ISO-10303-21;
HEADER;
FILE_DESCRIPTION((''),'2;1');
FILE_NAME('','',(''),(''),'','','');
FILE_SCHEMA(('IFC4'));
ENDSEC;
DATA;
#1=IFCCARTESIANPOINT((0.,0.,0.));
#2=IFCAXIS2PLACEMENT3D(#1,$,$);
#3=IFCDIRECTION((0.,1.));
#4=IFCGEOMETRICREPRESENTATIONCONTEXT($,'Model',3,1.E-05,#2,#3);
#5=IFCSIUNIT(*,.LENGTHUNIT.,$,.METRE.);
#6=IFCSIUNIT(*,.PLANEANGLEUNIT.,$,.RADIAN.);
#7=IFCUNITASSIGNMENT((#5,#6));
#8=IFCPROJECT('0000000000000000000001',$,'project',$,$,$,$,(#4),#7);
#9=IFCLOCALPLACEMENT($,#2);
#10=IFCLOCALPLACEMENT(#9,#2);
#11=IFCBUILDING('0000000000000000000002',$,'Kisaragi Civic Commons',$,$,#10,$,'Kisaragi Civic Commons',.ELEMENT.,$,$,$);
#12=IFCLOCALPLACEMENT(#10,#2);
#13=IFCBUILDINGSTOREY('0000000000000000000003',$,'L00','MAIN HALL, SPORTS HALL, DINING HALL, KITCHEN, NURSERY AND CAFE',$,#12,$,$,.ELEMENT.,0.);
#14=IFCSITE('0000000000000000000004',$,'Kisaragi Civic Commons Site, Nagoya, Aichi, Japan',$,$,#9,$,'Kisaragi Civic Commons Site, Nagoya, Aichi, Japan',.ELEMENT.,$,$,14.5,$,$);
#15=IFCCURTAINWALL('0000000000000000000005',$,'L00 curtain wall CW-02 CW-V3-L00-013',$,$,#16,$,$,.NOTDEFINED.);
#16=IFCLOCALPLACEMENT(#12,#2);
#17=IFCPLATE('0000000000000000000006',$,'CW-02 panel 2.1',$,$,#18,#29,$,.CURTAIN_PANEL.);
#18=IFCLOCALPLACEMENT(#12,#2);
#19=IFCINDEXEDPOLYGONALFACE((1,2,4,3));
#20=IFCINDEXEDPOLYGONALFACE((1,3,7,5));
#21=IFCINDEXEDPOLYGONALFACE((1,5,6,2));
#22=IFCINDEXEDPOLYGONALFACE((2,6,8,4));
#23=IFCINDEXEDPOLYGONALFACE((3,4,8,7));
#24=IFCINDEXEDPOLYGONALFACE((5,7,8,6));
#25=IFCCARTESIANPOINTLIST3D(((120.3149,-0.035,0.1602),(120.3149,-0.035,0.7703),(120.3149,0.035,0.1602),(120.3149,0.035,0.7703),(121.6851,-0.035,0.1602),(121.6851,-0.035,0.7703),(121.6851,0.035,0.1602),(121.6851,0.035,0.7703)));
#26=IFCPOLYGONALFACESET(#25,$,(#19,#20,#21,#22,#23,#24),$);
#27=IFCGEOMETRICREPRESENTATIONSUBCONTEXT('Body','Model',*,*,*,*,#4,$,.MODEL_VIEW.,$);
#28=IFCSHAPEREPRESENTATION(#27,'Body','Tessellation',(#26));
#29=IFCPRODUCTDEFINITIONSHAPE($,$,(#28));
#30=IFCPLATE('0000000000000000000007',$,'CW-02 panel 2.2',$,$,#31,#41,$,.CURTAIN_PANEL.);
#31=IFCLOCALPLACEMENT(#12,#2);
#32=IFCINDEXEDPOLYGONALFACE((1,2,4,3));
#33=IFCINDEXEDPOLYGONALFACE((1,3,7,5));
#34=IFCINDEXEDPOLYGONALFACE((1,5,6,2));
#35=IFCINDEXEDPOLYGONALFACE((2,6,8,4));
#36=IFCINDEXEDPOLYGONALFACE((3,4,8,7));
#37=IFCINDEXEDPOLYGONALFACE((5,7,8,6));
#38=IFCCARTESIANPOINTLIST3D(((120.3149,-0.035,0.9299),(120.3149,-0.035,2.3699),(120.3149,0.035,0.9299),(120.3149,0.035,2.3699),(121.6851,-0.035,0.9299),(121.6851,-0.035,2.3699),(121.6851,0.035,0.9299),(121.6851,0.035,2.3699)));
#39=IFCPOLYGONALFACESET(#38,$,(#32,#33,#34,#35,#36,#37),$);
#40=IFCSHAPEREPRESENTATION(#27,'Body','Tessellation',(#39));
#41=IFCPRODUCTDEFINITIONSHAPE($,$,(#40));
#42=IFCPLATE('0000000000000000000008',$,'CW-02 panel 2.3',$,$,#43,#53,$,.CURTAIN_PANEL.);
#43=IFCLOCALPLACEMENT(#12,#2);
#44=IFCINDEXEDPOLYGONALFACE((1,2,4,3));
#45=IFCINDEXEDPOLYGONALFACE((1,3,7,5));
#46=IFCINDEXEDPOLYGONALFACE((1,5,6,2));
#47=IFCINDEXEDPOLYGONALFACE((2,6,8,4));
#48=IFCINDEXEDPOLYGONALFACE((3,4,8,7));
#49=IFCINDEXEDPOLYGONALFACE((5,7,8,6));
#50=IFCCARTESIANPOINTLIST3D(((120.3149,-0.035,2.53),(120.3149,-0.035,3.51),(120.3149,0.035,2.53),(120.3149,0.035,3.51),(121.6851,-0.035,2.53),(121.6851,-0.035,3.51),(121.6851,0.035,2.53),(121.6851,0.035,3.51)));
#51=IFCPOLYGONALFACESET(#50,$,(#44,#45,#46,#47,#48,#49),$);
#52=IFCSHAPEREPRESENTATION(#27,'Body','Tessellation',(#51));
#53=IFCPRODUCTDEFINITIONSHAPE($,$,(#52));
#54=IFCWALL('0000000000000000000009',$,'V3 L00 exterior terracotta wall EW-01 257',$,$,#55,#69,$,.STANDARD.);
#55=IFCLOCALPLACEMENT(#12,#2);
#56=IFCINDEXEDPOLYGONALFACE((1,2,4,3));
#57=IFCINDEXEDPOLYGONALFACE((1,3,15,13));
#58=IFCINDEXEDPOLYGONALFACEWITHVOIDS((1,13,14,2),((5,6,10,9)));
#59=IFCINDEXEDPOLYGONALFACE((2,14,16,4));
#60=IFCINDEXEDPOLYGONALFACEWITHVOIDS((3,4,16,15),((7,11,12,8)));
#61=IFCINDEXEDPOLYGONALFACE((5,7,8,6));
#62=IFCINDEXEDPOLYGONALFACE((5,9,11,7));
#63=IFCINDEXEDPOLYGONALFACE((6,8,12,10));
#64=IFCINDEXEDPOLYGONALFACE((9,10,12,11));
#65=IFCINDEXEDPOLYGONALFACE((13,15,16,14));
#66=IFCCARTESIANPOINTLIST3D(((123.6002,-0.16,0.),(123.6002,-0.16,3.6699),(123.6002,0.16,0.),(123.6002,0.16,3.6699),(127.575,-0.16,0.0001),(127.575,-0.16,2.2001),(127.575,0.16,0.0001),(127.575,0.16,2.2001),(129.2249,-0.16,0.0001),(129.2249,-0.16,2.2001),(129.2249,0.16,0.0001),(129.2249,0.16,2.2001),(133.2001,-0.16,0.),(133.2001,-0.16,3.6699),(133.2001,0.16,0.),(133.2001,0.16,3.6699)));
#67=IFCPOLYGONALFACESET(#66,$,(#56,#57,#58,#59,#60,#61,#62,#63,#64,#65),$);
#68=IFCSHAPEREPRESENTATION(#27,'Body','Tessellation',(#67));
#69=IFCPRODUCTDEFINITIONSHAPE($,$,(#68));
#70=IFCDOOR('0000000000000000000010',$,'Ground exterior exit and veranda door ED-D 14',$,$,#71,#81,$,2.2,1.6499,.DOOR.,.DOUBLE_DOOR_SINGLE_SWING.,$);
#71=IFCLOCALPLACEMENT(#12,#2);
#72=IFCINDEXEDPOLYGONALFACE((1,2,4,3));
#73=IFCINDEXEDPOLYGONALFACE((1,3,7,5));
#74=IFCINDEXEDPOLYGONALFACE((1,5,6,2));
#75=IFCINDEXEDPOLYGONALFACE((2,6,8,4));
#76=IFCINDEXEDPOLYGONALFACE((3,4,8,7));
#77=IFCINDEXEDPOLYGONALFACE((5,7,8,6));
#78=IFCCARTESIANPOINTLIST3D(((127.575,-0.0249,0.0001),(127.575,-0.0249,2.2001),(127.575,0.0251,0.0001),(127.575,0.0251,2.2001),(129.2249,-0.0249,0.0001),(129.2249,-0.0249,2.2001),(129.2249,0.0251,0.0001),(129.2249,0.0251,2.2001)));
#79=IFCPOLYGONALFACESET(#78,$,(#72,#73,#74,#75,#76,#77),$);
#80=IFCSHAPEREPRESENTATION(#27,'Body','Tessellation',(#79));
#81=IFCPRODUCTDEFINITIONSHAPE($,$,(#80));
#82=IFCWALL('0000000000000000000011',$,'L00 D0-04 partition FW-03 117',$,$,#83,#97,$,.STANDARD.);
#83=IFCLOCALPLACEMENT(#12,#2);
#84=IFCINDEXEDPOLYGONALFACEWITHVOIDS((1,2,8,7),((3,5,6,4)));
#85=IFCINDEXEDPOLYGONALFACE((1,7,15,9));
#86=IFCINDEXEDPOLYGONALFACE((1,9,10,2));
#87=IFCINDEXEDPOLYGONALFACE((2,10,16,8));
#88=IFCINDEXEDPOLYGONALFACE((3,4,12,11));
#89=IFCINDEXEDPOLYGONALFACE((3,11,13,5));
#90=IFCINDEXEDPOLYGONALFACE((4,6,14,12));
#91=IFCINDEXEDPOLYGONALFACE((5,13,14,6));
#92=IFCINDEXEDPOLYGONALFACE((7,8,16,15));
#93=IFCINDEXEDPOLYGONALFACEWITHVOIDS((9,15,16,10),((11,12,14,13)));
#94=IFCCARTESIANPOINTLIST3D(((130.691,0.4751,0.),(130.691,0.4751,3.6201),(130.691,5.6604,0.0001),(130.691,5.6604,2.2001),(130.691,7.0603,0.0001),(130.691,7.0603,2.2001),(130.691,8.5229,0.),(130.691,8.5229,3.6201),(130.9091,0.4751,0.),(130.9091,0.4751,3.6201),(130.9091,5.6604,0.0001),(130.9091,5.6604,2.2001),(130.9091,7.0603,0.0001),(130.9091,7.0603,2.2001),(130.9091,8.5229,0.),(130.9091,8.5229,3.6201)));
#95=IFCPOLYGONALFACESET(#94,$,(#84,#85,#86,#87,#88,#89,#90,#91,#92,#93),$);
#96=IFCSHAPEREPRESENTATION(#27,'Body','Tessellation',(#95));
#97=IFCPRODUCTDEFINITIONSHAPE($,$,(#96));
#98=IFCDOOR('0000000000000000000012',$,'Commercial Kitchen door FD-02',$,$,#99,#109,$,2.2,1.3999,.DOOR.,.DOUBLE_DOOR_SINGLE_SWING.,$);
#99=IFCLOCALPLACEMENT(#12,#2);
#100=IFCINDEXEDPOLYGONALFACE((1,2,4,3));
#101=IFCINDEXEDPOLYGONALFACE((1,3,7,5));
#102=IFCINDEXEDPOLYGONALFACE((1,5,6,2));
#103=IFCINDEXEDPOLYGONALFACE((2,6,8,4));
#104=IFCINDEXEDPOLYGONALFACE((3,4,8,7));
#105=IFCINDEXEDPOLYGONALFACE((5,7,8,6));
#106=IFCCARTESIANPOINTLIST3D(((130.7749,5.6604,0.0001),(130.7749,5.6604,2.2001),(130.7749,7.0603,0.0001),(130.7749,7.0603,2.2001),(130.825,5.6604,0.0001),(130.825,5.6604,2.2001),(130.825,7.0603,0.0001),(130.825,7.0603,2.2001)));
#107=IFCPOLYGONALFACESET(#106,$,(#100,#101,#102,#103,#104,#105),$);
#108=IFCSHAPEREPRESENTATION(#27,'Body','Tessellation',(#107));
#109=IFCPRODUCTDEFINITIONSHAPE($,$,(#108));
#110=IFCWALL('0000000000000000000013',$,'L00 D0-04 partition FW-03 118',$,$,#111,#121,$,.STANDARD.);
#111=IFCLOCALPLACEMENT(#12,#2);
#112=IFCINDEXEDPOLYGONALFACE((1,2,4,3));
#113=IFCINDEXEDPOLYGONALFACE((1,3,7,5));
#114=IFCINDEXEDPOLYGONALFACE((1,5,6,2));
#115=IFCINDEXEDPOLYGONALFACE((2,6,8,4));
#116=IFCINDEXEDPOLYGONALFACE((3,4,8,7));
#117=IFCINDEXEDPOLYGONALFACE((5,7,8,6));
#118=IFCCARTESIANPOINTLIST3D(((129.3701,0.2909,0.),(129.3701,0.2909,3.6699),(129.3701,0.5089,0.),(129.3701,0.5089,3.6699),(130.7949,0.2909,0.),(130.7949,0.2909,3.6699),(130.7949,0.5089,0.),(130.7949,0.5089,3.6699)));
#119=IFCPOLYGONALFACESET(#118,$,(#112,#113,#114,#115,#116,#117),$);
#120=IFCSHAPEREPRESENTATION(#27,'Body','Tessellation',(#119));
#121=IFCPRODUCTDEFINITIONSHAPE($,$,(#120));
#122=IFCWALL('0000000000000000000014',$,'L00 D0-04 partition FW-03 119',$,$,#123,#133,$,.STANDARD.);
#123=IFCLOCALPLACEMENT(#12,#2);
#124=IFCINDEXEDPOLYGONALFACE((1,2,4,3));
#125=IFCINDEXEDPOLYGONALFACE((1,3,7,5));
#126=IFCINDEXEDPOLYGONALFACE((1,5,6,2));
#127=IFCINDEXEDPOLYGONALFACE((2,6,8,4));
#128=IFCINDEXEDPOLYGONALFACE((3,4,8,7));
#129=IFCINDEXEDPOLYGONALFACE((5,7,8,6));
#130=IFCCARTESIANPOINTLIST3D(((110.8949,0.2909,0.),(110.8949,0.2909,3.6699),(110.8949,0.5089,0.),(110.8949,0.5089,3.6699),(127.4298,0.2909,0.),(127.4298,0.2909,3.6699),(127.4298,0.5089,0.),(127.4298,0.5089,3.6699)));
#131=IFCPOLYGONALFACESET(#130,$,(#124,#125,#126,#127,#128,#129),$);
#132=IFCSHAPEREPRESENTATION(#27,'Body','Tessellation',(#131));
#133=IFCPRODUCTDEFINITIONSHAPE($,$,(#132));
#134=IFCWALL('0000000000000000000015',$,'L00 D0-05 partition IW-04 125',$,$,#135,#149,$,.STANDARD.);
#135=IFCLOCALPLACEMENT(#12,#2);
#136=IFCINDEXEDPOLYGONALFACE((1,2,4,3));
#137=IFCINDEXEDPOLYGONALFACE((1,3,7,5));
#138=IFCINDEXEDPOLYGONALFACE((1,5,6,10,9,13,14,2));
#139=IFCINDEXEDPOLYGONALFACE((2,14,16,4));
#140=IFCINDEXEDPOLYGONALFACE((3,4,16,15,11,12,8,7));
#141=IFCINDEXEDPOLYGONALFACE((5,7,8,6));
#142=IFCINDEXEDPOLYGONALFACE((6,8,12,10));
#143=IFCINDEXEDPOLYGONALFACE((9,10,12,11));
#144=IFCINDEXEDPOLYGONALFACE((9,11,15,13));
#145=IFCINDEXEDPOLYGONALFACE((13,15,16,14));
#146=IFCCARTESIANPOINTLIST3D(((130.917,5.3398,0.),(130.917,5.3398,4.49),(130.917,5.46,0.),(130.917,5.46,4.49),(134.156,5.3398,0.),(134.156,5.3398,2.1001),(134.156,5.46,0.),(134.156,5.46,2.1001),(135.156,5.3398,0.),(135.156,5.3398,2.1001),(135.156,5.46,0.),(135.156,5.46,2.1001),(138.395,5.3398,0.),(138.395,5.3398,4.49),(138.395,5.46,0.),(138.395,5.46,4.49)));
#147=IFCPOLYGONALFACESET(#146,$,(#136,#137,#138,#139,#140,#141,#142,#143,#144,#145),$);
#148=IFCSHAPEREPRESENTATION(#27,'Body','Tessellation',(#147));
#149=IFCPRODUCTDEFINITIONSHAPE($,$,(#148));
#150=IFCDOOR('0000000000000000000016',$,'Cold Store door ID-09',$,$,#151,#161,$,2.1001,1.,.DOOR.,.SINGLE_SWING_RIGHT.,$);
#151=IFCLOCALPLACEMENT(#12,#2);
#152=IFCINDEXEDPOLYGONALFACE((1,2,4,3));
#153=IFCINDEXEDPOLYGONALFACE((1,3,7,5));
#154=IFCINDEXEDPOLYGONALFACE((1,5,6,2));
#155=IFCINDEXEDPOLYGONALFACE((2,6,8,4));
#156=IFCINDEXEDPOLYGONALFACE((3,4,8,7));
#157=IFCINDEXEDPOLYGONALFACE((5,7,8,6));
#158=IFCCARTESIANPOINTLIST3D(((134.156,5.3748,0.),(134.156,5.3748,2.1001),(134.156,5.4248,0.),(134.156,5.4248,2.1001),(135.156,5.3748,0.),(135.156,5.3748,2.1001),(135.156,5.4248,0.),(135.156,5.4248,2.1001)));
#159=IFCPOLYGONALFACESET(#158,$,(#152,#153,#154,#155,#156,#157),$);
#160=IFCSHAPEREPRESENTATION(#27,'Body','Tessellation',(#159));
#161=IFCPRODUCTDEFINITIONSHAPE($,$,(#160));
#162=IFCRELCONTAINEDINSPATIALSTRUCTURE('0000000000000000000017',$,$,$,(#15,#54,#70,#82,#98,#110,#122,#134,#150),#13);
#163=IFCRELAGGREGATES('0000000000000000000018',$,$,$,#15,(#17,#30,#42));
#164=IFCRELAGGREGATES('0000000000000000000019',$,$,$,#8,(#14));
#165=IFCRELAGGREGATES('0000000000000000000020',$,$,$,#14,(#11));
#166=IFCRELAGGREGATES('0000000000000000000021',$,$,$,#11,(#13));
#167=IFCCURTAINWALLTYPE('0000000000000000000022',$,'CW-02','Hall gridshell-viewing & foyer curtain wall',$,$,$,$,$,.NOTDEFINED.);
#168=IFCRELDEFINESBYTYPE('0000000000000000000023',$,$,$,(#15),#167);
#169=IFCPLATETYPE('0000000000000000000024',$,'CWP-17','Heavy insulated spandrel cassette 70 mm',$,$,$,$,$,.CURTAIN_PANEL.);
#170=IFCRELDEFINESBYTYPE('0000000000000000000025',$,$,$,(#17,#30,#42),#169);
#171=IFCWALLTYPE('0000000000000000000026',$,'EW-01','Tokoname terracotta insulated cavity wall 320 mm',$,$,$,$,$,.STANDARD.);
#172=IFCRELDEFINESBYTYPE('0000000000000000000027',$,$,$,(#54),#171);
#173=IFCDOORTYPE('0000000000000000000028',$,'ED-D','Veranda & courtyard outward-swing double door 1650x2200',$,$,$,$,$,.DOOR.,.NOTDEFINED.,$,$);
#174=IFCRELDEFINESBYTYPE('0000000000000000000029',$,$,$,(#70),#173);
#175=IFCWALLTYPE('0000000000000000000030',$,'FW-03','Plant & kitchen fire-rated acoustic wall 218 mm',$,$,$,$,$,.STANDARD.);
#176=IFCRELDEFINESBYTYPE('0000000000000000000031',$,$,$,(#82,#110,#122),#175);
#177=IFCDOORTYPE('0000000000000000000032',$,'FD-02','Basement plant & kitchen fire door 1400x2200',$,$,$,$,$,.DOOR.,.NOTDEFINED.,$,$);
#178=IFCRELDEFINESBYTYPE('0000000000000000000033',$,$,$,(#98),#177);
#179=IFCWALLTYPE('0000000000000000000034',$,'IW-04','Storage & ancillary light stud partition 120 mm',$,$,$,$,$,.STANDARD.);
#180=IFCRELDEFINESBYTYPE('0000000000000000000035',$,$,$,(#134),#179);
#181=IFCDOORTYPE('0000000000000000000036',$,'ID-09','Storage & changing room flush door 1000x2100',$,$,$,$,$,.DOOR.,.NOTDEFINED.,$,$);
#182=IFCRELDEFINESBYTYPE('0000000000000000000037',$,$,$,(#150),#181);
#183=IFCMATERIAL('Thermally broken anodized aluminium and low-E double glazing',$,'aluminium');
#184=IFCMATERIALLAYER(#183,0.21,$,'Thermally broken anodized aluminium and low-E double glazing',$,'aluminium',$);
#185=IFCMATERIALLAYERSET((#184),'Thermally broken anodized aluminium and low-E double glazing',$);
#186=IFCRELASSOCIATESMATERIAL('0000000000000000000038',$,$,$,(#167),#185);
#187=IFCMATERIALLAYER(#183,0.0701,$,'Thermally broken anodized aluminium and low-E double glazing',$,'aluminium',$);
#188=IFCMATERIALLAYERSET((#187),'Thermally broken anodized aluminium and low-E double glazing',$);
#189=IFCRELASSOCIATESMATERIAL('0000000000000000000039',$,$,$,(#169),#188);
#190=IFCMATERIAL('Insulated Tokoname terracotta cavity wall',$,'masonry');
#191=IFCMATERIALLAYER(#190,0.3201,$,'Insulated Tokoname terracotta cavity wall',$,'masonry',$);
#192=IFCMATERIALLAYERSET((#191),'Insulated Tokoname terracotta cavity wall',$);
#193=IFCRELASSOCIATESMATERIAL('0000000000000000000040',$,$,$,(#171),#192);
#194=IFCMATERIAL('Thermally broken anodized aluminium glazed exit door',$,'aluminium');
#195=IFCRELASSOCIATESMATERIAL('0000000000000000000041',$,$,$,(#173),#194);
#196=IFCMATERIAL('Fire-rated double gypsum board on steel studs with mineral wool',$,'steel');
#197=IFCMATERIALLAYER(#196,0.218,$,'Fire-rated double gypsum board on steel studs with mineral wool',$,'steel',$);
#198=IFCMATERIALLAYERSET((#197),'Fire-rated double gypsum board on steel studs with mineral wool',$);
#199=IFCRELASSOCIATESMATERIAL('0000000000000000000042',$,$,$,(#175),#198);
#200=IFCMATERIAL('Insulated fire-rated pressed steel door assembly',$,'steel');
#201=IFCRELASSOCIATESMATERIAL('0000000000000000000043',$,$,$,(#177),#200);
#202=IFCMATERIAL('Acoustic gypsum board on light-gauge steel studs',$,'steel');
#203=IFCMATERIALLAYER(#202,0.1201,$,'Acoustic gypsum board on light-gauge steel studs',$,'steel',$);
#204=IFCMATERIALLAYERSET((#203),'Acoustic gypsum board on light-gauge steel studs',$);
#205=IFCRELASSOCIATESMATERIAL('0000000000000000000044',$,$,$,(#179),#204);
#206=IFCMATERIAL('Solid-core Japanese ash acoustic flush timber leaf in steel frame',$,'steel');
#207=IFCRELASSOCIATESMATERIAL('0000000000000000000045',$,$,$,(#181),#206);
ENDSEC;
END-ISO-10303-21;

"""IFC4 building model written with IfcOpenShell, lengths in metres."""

from ifc_helpers import new_model, si_unit, direction, frame, frame_2d, origin, origin_2d, place, context, subcontext, project, spatial, rectangle, extrude, material, layer, layer_set, type_object, element, fill, aggregate, save


model = new_model("IFC4")

# Units and contexts
model_context = context("Model", 3, precision=1e-05, world=origin(), true_north=direction((0.0, 1.0)))
body_context = subcontext(model_context, "Body", "Model", "MODEL_VIEW")
ifc_project = project(units=[si_unit("LENGTHUNIT", "METRE"), si_unit("PLANEANGLEUNIT", "RADIAN")], contexts=[model_context])

# Site, building, storey
site_placement = place(None, origin())
site = spatial("IfcSite", under=ifc_project, at=site_placement, Name="Kisaragi Civic Commons Site, Nagoya, Aichi, Japan", LongName="Kisaragi Civic Commons Site, Nagoya, Aichi, Japan", CompositionType="ELEMENT", RefElevation=14.5)
building_placement = place(site_placement, origin())
building = spatial("IfcBuilding", under=site, at=building_placement, Name="Kisaragi Civic Commons", LongName="Kisaragi Civic Commons", CompositionType="ELEMENT")
storey_placement = place(building_placement, origin())
storey = spatial("IfcBuildingStorey", under=building, at=storey_placement, Name="L00", Description="MAIN HALL, SPORTS HALL, DINING HALL, KITCHEN, NURSERY AND CAFE", CompositionType="ELEMENT", Elevation=0.0)

# Curtain wall
ifc_material_1 = material(Name="Thermally broken anodized aluminium and low-E double glazing", Category="aluminium")
ifc_layer_1 = layer(ifc_material_1, 0.21, Name="Thermally broken anodized aluminium and low-E double glazing", Category="aluminium")
ifc_layer_set_1 = layer_set([ifc_layer_1], Name="Thermally broken anodized aluminium and low-E double glazing")
curtain_wall_type = type_object("IfcCurtainWallType", Name="CW-02", Description="Hall gridshell-viewing & foyer curtain wall", PredefinedType="NOTDEFINED", material=ifc_layer_set_1)
curtain_wall_placement = place(storey_placement, origin())
curtain_wall = element("IfcCurtainWall", 1, at=curtain_wall_placement, inside=storey, type_object=curtain_wall_type, Name="L00 curtain wall CW-02 CW-V3-L00-013", PredefinedType="NOTDEFINED")

# Plates
ifc_layer_2 = layer(ifc_material_1, 0.0701, Name="Thermally broken anodized aluminium and low-E double glazing", Category="aluminium")
ifc_layer_set_2 = layer_set([ifc_layer_2], Name="Thermally broken anodized aluminium and low-E double glazing")
plate_type = type_object("IfcPlateType", Name="CWP-17", Description="Heavy insulated spandrel cassette 70 mm", PredefinedType="CURTAIN_PANEL", material=ifc_layer_set_2)
plate_1_placement = place(storey_placement, frame((121.0, 0.0, 0.1602), z_axis=(0.0, 0.0, 1.0), x_axis=(-1.0, 0.0, 0.0)))
plate_1 = element("IfcPlate", 2, at=plate_1_placement, type_object=plate_type, Name="CW-02 panel 2.1", PredefinedType="CURTAIN_PANEL", context=body_context, shape_type="SweptSolid", body=[
    extrude(rectangle(XDim=1.3701, YDim=0.0701, at=origin_2d()), origin(), (0.0, 0.0, 1.0), 0.6101),
])
plate_2_placement = place(storey_placement, frame((121.0, 0.0, 0.9299), z_axis=(0.0, 0.0, 1.0), x_axis=(-1.0, 0.0, 0.0)))
plate_2 = element("IfcPlate", 3, at=plate_2_placement, type_object=plate_type, Name="CW-02 panel 2.2", PredefinedType="CURTAIN_PANEL", context=body_context, shape_type="SweptSolid", body=[
    extrude(rectangle(XDim=1.3701, YDim=0.0701, at=origin_2d()), origin(), (0.0, 0.0, 1.0), 1.4399),
])
plate_3_placement = place(storey_placement, frame((121.0, 0.0, 2.53), z_axis=(0.0, 0.0, 1.0), x_axis=(-1.0, 0.0, 0.0)))
plate_3 = element("IfcPlate", 4, at=plate_3_placement, type_object=plate_type, Name="CW-02 panel 2.3", PredefinedType="CURTAIN_PANEL", context=body_context, shape_type="SweptSolid", body=[
    extrude(rectangle(XDim=1.3701, YDim=0.0701, at=origin_2d()), origin(), (0.0, 0.0, 1.0), 0.98),
])
aggregate(curtain_wall, [plate_1, plate_2, plate_3])

# Walls, openings, doors
ifc_material_2 = material(Name="Insulated Tokoname terracotta cavity wall", Category="masonry")
ifc_layer_3 = layer(ifc_material_2, 0.3201, Name="Insulated Tokoname terracotta cavity wall", Category="masonry")
ifc_layer_set_3 = layer_set([ifc_layer_3], Name="Insulated Tokoname terracotta cavity wall")
wall_type_1 = type_object("IfcWallType", Name="EW-01", Description="Tokoname terracotta insulated cavity wall 320 mm", PredefinedType="STANDARD", material=ifc_layer_set_3)
wall_1_placement = place(storey_placement, frame((133.2, 0.0, 0.0), z_axis=(0.0, 0.0, 1.0), x_axis=(-1.0, 0.0, 0.0)))
wall_1 = element("IfcWall", 5, at=wall_1_placement, inside=storey, type_object=wall_type_1, Name="V3 L00 exterior terracotta wall EW-01 257", PredefinedType="STANDARD", context=body_context, shape_type="SweptSolid", body=[
    extrude(rectangle(XDim=9.5999, YDim=0.3201, at=frame_2d((4.7998, 0.0))), origin(), (0.0, 0.0, 1.0), 3.6699),
])
opening_1_placement = place(wall_1_placement, frame((3.9751, 0.0, 0.0)))
opening_1 = element("IfcOpeningElement", 6, at=opening_1_placement, cuts=wall_1, PredefinedType="OPENING", context=body_context, shape_type="SweptSolid", body=[
    extrude(rectangle(XDim=1.6499, YDim=2.2, at=frame_2d((0.825, 1.1001))), frame((0.0, 0.1699, 0.0), z_axis=(0.0, -1.0, 0.0), x_axis=(1.0, 0.0, 0.0)), (0.0, 0.0, 1.0), 0.3401),
])
ifc_material_3 = material(Name="Thermally broken anodized aluminium glazed exit door", Category="aluminium")
door_type_1 = type_object("IfcDoorType", Name="ED-D", Description="Veranda & courtyard outward-swing double door 1650x2200", OperationType="NOTDEFINED", PredefinedType="DOOR", material=ifc_material_3)
door_1_placement = place(opening_1_placement, origin())
door_1 = element("IfcDoor", 7, at=door_1_placement, inside=storey, type_object=door_type_1, Name="Ground exterior exit and veranda door ED-D 14", OperationType="DOUBLE_DOOR_SINGLE_SWING", OverallHeight=2.2, OverallWidth=1.6499, PredefinedType="DOOR", context=body_context, shape_type="SweptSolid", body=[
    extrude(rectangle(XDim=1.6499, YDim=2.2, at=frame_2d((0.825, 1.1001))), frame((0.0, 0.0249, 0.0), z_axis=(0.0, -1.0, 0.0), x_axis=(1.0, 0.0, 0.0)), (0.0, 0.0, 1.0), 0.05),
])
fill(opening_1, door_1)
ifc_material_4 = material(Name="Fire-rated double gypsum board on steel studs with mineral wool", Category="steel")
ifc_layer_4 = layer(ifc_material_4, 0.218, Name="Fire-rated double gypsum board on steel studs with mineral wool", Category="steel")
ifc_layer_set_4 = layer_set([ifc_layer_4], Name="Fire-rated double gypsum board on steel studs with mineral wool")
wall_type_2 = type_object("IfcWallType", Name="FW-03", Description="Plant & kitchen fire-rated acoustic wall 218 mm", PredefinedType="STANDARD", material=ifc_layer_set_4)
wall_2_placement = place(storey_placement, frame((130.8, 8.5229, 0.0), z_axis=(0.0, 0.0, 1.0), x_axis=(0.0, -1.0, 0.0)))
wall_2 = element("IfcWall", 8, at=wall_2_placement, inside=storey, type_object=wall_type_2, Name="L00 D0-04 partition FW-03 117", PredefinedType="STANDARD", context=body_context, shape_type="SweptSolid", body=[
    extrude(rectangle(XDim=8.0479, YDim=0.218, at=frame_2d((4.0239, 0.0))), origin(), (0.0, 0.0, 1.0), 3.6201),
])
opening_2_placement = place(wall_2_placement, frame((1.4626, 0.0, 0.0)))
opening_2 = element("IfcOpeningElement", 9, at=opening_2_placement, cuts=wall_2, PredefinedType="OPENING", context=body_context, shape_type="SweptSolid", body=[
    extrude(rectangle(XDim=1.3999, YDim=2.2, at=frame_2d((0.7, 1.1001))), frame((0.0, 0.1189, 0.0), z_axis=(0.0, -1.0, 0.0), x_axis=(1.0, 0.0, 0.0)), (0.0, 0.0, 1.0), 0.238),
])
ifc_material_5 = material(Name="Insulated fire-rated pressed steel door assembly", Category="steel")
door_type_2 = type_object("IfcDoorType", Name="FD-02", Description="Basement plant & kitchen fire door 1400x2200", OperationType="NOTDEFINED", PredefinedType="DOOR", material=ifc_material_5)
door_2_placement = place(opening_2_placement, origin())
door_2 = element("IfcDoor", 10, at=door_2_placement, inside=storey, type_object=door_type_2, Name="Commercial Kitchen door FD-02", OperationType="DOUBLE_DOOR_SINGLE_SWING", OverallHeight=2.2, OverallWidth=1.3999, PredefinedType="DOOR", context=body_context, shape_type="SweptSolid", body=[
    extrude(rectangle(XDim=1.3999, YDim=2.2, at=frame_2d((0.7, 1.1001))), frame((0.0, 0.0249, 0.0), z_axis=(0.0, -1.0, 0.0), x_axis=(1.0, 0.0, 0.0)), (0.0, 0.0, 1.0), 0.05),
])
fill(opening_2, door_2)

# Walls
wall_3_placement = place(storey_placement, frame((130.7949, 0.3999, 0.0), z_axis=(0.0, 0.0, 1.0), x_axis=(-1.0, 0.0, 0.0)))
element("IfcWall", 11, at=wall_3_placement, inside=storey, type_object=wall_type_2, Name="L00 D0-04 partition FW-03 118", PredefinedType="STANDARD", context=body_context, shape_type="SweptSolid", body=[
    extrude(rectangle(XDim=1.4248, YDim=0.218, at=frame_2d((0.7124, 0.0))), origin(), (0.0, 0.0, 1.0), 3.6699),
])
wall_4_placement = place(storey_placement, frame((127.4299, 0.3999, 0.0), z_axis=(0.0, 0.0, 1.0), x_axis=(-1.0, 0.0, 0.0)))
element("IfcWall", 12, at=wall_4_placement, inside=storey, type_object=wall_type_2, Name="L00 D0-04 partition FW-03 119", PredefinedType="STANDARD", context=body_context, shape_type="SweptSolid", body=[
    extrude(rectangle(XDim=16.5349, YDim=0.218, at=frame_2d((8.2676, 0.0))), origin(), (0.0, 0.0, 1.0), 3.6699),
])

# Wall, opening, door
ifc_material_6 = material(Name="Acoustic gypsum board on light-gauge steel studs", Category="steel")
ifc_layer_5 = layer(ifc_material_6, 0.1201, Name="Acoustic gypsum board on light-gauge steel studs", Category="steel")
ifc_layer_set_5 = layer_set([ifc_layer_5], Name="Acoustic gypsum board on light-gauge steel studs")
wall_type_3 = type_object("IfcWallType", Name="IW-04", Description="Storage & ancillary light stud partition 120 mm", PredefinedType="STANDARD", material=ifc_layer_set_5)
wall_5_placement = place(storey_placement, frame((130.917, 5.3999, 0.0), z_axis=(0.0, 0.0, 1.0), x_axis=(1.0, 0.0, 0.0)))
wall_5 = element("IfcWall", 13, at=wall_5_placement, inside=storey, type_object=wall_type_3, Name="L00 D0-05 partition IW-04 125", PredefinedType="STANDARD", context=body_context, shape_type="SweptSolid", body=[
    extrude(rectangle(XDim=7.478, YDim=0.1201, at=frame_2d((3.739, 0.0))), origin(), (0.0, 0.0, 1.0), 4.49),
])
opening_3_placement = place(wall_5_placement, frame((3.239, 0.0, 0.0)))
opening_3 = element("IfcOpeningElement", 14, at=opening_3_placement, cuts=wall_5, PredefinedType="OPENING", context=body_context, shape_type="SweptSolid", body=[
    extrude(rectangle(XDim=1.0, YDim=2.1001, at=frame_2d((0.5, 1.05))), frame((0.0, 0.0701, 0.0), z_axis=(0.0, -1.0, 0.0), x_axis=(1.0, 0.0, 0.0)), (0.0, 0.0, 1.0), 0.1401),
])
ifc_material_7 = material(Name="Solid-core Japanese ash acoustic flush timber leaf in steel frame", Category="steel")
door_type_3 = type_object("IfcDoorType", Name="ID-09", Description="Storage & changing room flush door 1000x2100", OperationType="NOTDEFINED", PredefinedType="DOOR", material=ifc_material_7)
door_3_placement = place(opening_3_placement, origin())
door_3 = element("IfcDoor", 15, at=door_3_placement, inside=storey, type_object=door_type_3, Name="Cold Store door ID-09", OperationType="SINGLE_SWING_RIGHT", OverallHeight=2.1001, OverallWidth=1.0, PredefinedType="DOOR", context=body_context, shape_type="SweptSolid", body=[
    extrude(rectangle(XDim=1.0, YDim=2.1001, at=frame_2d((0.5, 1.05))), frame((0.0, 0.0249, 0.0), z_axis=(0.0, -1.0, 0.0), x_axis=(1.0, 0.0, 0.0)), (0.0, 0.0, 1.0), 0.05),
])
fill(opening_3, door_3)

save(model, "model.ifc")
